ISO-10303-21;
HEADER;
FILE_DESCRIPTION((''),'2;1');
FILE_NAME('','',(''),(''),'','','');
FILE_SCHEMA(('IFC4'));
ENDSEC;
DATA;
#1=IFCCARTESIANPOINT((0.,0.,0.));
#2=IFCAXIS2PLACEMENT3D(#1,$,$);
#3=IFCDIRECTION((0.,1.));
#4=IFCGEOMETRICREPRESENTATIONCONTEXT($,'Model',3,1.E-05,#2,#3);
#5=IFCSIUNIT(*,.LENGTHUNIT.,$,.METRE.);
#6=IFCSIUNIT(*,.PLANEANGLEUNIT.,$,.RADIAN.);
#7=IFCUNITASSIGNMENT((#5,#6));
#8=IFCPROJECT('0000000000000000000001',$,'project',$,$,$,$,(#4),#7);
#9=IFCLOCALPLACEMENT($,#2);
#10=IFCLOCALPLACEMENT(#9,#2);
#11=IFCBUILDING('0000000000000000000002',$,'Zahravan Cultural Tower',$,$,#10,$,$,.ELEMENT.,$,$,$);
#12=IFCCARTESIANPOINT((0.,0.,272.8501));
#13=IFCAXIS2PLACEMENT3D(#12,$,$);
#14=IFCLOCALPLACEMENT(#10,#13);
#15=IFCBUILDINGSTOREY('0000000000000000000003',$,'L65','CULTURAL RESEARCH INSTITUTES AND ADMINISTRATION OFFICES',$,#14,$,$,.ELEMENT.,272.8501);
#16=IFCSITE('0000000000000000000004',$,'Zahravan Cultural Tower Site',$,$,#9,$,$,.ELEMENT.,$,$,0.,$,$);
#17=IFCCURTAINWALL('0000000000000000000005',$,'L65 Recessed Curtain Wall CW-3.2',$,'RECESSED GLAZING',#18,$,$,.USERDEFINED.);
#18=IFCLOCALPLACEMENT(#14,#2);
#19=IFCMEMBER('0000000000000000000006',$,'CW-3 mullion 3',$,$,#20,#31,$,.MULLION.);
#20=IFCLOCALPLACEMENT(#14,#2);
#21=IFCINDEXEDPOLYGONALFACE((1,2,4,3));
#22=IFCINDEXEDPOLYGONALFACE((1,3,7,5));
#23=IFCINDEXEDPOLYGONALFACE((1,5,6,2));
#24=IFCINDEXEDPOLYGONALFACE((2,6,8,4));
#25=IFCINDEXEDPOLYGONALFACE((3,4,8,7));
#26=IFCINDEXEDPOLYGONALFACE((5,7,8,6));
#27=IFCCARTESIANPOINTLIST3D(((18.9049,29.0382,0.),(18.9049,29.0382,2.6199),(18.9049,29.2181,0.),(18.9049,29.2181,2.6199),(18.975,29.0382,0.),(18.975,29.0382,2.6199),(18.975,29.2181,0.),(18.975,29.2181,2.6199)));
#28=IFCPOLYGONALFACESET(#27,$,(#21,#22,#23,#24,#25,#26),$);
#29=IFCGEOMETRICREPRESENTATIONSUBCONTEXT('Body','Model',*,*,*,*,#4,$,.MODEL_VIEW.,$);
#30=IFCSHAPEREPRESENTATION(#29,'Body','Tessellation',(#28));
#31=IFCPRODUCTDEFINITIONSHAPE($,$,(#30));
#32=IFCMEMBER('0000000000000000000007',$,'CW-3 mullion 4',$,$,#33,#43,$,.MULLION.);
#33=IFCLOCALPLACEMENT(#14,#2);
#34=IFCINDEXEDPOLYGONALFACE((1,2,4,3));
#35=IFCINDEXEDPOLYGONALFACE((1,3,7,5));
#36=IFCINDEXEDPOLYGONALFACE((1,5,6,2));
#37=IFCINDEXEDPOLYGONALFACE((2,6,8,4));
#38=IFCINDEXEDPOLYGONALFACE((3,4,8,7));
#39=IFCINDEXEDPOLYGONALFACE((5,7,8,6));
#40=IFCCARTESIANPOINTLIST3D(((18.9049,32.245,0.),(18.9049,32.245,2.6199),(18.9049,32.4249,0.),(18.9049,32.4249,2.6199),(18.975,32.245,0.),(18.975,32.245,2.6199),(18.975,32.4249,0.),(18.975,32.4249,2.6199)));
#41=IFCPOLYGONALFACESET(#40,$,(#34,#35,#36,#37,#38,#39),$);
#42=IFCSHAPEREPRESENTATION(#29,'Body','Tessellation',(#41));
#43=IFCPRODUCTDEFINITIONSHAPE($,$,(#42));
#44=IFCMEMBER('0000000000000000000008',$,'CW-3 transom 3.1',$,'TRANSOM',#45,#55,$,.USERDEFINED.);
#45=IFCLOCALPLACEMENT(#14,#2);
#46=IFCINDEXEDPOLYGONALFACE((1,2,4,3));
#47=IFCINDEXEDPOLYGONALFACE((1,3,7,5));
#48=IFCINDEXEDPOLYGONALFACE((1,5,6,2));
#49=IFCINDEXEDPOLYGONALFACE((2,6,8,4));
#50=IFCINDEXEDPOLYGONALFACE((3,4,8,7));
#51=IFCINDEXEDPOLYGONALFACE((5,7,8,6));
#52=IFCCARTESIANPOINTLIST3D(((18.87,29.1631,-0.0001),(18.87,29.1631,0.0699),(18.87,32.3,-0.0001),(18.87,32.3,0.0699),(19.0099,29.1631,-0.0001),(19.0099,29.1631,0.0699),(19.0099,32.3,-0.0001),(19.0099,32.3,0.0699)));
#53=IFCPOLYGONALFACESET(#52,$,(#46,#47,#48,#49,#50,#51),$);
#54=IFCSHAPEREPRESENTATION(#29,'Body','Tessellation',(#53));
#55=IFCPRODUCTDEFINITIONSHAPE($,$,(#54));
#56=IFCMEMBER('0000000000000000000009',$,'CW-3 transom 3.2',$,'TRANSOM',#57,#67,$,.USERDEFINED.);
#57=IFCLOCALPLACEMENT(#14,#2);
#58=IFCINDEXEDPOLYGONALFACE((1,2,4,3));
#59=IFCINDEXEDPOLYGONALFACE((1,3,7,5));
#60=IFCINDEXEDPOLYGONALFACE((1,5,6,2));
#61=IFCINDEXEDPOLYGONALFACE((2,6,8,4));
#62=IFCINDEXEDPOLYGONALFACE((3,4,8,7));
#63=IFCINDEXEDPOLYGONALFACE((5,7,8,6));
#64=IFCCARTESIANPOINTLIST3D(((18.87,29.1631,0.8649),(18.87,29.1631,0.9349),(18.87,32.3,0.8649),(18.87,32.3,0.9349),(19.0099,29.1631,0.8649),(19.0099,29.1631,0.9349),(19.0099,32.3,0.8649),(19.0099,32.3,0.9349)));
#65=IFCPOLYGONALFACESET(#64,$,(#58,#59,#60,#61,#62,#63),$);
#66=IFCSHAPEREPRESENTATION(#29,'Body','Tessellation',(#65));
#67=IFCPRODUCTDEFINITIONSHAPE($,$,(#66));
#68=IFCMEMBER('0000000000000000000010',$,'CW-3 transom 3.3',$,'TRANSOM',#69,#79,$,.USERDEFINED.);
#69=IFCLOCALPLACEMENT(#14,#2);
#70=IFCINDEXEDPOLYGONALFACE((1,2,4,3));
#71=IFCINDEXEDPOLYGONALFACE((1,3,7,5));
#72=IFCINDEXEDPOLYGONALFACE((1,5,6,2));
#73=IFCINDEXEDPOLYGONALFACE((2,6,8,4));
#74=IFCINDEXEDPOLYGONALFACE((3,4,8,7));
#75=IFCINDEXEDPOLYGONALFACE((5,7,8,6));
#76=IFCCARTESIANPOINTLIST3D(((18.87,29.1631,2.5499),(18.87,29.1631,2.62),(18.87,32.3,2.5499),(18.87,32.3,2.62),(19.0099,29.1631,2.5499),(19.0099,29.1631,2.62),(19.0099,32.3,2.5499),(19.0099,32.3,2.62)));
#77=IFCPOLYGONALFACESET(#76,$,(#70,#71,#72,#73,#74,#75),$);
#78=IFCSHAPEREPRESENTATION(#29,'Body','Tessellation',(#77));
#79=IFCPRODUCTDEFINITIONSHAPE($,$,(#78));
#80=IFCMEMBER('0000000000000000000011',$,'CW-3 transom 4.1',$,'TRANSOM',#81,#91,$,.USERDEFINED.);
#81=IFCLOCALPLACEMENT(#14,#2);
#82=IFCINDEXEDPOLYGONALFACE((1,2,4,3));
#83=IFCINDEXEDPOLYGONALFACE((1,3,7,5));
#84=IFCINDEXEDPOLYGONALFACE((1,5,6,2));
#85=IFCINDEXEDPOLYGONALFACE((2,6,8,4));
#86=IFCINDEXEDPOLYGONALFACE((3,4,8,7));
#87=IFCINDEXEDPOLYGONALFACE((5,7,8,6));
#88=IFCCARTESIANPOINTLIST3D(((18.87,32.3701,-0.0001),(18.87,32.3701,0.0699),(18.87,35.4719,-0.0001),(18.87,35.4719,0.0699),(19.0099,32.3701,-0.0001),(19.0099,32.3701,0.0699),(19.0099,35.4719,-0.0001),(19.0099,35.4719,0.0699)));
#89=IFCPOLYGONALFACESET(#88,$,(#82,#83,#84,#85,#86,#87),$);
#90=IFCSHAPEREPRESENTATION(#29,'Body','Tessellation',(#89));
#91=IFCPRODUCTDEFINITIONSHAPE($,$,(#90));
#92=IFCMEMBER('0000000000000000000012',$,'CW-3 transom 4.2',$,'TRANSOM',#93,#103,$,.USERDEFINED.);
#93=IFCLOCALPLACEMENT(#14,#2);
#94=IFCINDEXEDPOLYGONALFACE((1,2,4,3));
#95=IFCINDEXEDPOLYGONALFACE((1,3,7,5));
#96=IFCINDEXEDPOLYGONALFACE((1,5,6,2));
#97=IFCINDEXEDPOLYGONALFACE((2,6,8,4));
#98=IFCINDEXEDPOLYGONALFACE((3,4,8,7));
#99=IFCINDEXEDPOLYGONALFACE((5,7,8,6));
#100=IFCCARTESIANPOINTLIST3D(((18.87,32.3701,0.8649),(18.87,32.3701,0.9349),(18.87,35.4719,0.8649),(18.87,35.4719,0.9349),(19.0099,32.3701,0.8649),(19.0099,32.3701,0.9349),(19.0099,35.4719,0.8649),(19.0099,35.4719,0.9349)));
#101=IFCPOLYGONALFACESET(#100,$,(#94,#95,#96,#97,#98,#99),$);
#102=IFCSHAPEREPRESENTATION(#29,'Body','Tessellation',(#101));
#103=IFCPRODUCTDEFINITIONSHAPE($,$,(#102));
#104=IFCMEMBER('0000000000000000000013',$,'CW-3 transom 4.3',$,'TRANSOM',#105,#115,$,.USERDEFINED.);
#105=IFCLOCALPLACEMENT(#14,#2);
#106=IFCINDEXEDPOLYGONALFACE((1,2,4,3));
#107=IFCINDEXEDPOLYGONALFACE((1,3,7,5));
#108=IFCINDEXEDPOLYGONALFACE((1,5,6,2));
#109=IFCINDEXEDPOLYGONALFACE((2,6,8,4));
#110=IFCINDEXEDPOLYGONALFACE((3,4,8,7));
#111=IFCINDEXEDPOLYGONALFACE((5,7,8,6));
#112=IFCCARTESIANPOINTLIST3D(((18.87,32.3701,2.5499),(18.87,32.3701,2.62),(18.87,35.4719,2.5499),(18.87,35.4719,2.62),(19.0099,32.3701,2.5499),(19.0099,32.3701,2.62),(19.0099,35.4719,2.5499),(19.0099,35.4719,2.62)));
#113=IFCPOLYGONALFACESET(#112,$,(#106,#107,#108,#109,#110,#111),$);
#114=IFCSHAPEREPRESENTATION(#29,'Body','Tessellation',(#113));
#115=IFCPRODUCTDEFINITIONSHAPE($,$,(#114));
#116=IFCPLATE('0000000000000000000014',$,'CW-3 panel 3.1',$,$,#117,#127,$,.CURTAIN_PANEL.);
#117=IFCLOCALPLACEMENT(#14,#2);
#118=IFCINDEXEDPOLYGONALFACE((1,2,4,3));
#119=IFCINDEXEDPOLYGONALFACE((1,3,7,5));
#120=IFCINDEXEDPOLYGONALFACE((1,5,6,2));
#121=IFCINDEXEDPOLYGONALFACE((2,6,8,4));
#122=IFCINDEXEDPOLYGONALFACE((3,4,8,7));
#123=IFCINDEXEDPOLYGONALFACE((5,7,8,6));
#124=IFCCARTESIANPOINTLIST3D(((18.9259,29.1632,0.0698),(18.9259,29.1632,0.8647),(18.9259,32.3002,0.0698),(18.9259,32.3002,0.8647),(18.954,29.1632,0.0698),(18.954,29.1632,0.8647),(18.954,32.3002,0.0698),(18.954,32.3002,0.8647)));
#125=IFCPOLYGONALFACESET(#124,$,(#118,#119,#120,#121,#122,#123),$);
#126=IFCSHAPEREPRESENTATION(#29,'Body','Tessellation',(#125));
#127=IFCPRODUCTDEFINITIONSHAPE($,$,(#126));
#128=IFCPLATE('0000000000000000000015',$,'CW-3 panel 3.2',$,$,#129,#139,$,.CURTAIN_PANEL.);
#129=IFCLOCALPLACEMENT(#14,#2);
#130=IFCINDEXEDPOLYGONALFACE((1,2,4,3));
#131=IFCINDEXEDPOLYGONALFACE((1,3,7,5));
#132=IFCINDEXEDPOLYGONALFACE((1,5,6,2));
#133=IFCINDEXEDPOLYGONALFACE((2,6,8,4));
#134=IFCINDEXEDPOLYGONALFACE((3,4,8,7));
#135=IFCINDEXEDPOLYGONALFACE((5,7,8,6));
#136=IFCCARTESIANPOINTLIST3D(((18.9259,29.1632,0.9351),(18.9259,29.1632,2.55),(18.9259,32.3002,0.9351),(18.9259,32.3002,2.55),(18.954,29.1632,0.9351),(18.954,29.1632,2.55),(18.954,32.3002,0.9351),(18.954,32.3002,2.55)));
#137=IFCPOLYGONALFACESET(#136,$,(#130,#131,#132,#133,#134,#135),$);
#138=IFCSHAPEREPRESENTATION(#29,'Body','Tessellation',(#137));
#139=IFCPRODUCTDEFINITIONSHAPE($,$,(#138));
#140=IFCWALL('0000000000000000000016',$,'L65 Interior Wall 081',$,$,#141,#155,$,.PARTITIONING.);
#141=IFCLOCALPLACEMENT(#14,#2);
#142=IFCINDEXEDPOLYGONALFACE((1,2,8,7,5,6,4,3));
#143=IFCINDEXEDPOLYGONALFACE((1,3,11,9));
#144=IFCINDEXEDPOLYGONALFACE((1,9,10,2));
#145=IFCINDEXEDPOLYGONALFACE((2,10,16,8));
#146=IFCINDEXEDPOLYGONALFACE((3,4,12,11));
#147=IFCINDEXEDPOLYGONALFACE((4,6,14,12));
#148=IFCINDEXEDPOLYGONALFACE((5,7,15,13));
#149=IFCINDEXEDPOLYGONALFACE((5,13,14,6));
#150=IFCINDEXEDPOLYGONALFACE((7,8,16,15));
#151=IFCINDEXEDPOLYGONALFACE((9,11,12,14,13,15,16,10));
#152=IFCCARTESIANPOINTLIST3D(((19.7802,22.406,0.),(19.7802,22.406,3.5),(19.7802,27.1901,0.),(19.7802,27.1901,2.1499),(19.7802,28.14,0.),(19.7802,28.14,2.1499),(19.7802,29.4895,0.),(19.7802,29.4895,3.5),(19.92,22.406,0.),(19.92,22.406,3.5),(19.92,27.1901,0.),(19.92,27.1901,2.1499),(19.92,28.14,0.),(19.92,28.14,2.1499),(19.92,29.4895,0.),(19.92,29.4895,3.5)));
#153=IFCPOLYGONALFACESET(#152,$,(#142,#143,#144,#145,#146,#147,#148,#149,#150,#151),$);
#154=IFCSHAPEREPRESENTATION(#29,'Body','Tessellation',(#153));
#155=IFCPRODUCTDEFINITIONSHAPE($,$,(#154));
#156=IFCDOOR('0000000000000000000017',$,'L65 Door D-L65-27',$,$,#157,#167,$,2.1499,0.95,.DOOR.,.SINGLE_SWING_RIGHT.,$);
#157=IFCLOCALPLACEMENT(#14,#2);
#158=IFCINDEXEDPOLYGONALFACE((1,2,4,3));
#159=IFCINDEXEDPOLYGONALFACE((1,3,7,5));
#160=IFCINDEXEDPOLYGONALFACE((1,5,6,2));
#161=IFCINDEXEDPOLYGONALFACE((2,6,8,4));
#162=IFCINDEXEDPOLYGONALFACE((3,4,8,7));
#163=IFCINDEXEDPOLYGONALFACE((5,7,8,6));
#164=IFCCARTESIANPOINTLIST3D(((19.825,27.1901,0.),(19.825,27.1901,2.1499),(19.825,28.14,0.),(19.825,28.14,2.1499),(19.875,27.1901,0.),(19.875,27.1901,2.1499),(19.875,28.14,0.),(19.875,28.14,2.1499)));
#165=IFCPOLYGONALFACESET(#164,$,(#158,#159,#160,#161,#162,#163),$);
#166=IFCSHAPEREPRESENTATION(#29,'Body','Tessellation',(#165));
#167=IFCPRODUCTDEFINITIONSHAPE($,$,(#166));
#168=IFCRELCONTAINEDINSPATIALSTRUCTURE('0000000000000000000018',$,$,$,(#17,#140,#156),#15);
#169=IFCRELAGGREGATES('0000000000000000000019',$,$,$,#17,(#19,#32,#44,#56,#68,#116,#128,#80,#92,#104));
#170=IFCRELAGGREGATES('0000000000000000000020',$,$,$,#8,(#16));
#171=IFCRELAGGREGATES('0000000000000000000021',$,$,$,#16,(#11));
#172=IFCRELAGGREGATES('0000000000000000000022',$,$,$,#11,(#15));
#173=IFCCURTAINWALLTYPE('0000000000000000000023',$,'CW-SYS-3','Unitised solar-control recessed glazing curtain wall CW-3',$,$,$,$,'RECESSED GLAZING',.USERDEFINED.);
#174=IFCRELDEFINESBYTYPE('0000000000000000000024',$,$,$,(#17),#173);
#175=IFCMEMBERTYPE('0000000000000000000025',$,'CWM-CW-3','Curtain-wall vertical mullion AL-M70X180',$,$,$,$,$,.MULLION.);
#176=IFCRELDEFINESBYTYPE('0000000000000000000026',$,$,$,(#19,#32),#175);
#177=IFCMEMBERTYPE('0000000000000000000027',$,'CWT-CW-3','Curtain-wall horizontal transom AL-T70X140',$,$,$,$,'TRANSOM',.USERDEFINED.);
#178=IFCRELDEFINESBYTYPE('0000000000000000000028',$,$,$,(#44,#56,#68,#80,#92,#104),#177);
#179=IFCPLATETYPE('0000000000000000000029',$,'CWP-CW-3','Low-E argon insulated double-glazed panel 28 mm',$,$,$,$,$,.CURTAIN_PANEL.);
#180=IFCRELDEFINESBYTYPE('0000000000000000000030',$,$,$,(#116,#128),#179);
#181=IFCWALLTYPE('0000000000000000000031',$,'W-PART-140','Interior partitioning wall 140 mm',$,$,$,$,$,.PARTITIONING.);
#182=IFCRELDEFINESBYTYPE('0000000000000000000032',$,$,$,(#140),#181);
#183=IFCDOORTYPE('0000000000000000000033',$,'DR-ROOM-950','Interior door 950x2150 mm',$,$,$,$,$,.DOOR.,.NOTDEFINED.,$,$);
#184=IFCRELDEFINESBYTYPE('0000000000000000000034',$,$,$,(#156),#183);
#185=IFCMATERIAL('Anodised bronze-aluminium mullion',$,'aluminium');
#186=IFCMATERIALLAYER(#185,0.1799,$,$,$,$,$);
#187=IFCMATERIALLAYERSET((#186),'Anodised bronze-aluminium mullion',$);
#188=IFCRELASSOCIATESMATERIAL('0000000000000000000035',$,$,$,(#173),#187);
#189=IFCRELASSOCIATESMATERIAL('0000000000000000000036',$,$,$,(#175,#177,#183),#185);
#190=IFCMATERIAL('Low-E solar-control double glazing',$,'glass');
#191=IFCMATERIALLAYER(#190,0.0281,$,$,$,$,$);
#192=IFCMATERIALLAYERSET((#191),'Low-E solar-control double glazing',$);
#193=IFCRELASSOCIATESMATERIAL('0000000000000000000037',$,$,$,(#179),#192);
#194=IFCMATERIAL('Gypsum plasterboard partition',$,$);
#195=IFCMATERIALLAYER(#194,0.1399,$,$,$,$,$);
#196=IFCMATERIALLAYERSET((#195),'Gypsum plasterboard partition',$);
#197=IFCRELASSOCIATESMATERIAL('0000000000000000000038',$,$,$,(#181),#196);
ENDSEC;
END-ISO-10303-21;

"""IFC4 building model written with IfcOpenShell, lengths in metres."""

from ifc_helpers import new_model, si_unit, direction, frame, frame_2d, origin, origin_2d, place, context, subcontext, project, spatial, rectangle, extrude, source, transform, mapped, material, layer, layer_set, material_profile, profile_set, type_object, element, fill, aggregate, save


model = new_model("IFC4")

# Units and contexts
model_context = context("Model", 3, precision=1e-05, world=origin(), true_north=direction((0.0, 1.0)))
body_context = subcontext(model_context, "Body", "Model", "MODEL_VIEW")
ifc_project = project(units=[si_unit("LENGTHUNIT", "METRE"), si_unit("PLANEANGLEUNIT", "RADIAN")], contexts=[model_context])

# Site, building, storey
site_placement = place(None, origin())
site = spatial("IfcSite", under=ifc_project, at=site_placement, Name="Zahravan Cultural Tower Site", CompositionType="ELEMENT", RefElevation=0.0)
building_placement = place(site_placement, origin())
building = spatial("IfcBuilding", under=site, at=building_placement, Name="Zahravan Cultural Tower", CompositionType="ELEMENT")
storey_placement = place(building_placement, frame((0.0, 0.0, 272.8501)))
storey = spatial("IfcBuildingStorey", under=building, at=storey_placement, Name="L65", Description="CULTURAL RESEARCH INSTITUTES AND ADMINISTRATION OFFICES", CompositionType="ELEMENT", Elevation=272.8501)

# Curtain wall, members, plates
ifc_material_1 = material(Name="Anodised bronze-aluminium mullion", Category="aluminium")
ifc_layer_1 = layer(ifc_material_1, 0.1799)
ifc_layer_set_1 = layer_set([ifc_layer_1], Name="Anodised bronze-aluminium mullion")
curtain_wall_type = type_object("IfcCurtainWallType", Name="CW-SYS-3", Description="Unitised solar-control recessed glazing curtain wall CW-3", ElementType="RECESSED GLAZING", PredefinedType="USERDEFINED", material=ifc_layer_set_1)
curtain_wall_placement = place(storey_placement, origin())
curtain_wall = element("IfcCurtainWall", 1, at=curtain_wall_placement, inside=storey, type_object=curtain_wall_type, Name="L65 Recessed Curtain Wall CW-3.2", ObjectType="RECESSED GLAZING", PredefinedType="USERDEFINED")
ifc_material_profile_1 = material_profile(ifc_material_1, rectangle(XDim=0.0701, YDim=0.1799, at=origin_2d()), Name="AL-M70X180")
ifc_profile_set_1 = profile_set([ifc_material_profile_1], Name="Anodised bronze-aluminium mullion")
member_type_1 = type_object("IfcMemberType", Name="CWM-CW-3", Description="Curtain-wall vertical mullion AL-M70X180", PredefinedType="MULLION", material=ifc_profile_set_1)
shared_shape_1 = source(origin(), body_context, "Body", "SweptSolid", [
    extrude(rectangle(XDim=0.0701, YDim=0.1799, at=origin_2d()), origin(), (0.0, 0.0, 1.0), 2.6199),
])
member_1_placement = place(storey_placement, frame((18.9399, 29.1282, 0.0), z_axis=(0.0, 0.0, 1.0), x_axis=(-1.0, 0.0, 0.0)))
member_1 = element("IfcMember", 2, at=member_1_placement, type_object=member_type_1, Name="CW-3 mullion 3", PredefinedType="MULLION", context=body_context, shape_type="MappedRepresentation", body=[
    mapped(shared_shape_1, transform((0.0, 0.0, 0.0), x_axis=(1.0, 0.0, 0.0), y_axis=(0.0, 1.0, 0.0), z_axis=(0.0, 0.0, 1.0), scale=1.0)),
])
member_2_placement = place(storey_placement, frame((18.9399, 32.335, 0.0), z_axis=(0.0, 0.0, 1.0), x_axis=(-1.0, 0.0, 0.0)))
member_2 = element("IfcMember", 3, at=member_2_placement, type_object=member_type_1, Name="CW-3 mullion 4", PredefinedType="MULLION", context=body_context, shape_type="MappedRepresentation", body=[
    mapped(shared_shape_1, transform((0.0, 0.0, 0.0), x_axis=(1.0, 0.0, 0.0), y_axis=(0.0, 1.0, 0.0), z_axis=(0.0, 0.0, 1.0), scale=1.0)),
])
ifc_material_profile_2 = material_profile(ifc_material_1, rectangle(XDim=0.1399, YDim=0.0701, at=origin_2d()), Name="AL-T70X140")
ifc_profile_set_2 = profile_set([ifc_material_profile_2], Name="Anodised bronze-aluminium mullion")
member_type_2 = type_object("IfcMemberType", Name="CWT-CW-3", Description="Curtain-wall horizontal transom AL-T70X140", ElementType="TRANSOM", PredefinedType="USERDEFINED", material=ifc_profile_set_2)
shared_shape_2 = source(origin(), body_context, "Body", "SweptSolid", [
    extrude(rectangle(XDim=0.1399, YDim=0.0701, at=origin_2d()), origin(), (0.0, 0.0, 1.0), 3.137),
])
member_3_placement = place(storey_placement, frame((18.9399, 29.1631, 0.0349), z_axis=(0.0, 1.0, 0.0), x_axis=(-1.0, 0.0, 0.0)))
member_3 = element("IfcMember", 4, at=member_3_placement, type_object=member_type_2, Name="CW-3 transom 3.1", ObjectType="TRANSOM", PredefinedType="USERDEFINED", context=body_context, shape_type="MappedRepresentation", body=[
    mapped(shared_shape_2, transform((0.0, 0.0, 0.0), x_axis=(1.0, 0.0, 0.0), y_axis=(0.0, 1.0, 0.0), z_axis=(0.0, 0.0, 1.0), scale=1.0)),
])
member_4_placement = place(storey_placement, frame((18.9399, 29.1631, 0.8999), z_axis=(0.0, 1.0, 0.0), x_axis=(-1.0, 0.0, 0.0)))
member_4 = element("IfcMember", 5, at=member_4_placement, type_object=member_type_2, Name="CW-3 transom 3.2", ObjectType="TRANSOM", PredefinedType="USERDEFINED", context=body_context, shape_type="MappedRepresentation", body=[
    mapped(shared_shape_2, transform((0.0, 0.0, 0.0), x_axis=(1.0, 0.0, 0.0), y_axis=(0.0, 1.0, 0.0), z_axis=(0.0, 0.0, 1.0), scale=1.0)),
])
member_5_placement = place(storey_placement, frame((18.9399, 29.1631, 2.585), z_axis=(0.0, 1.0, 0.0), x_axis=(-1.0, 0.0, 0.0)))
member_5 = element("IfcMember", 6, at=member_5_placement, type_object=member_type_2, Name="CW-3 transom 3.3", ObjectType="TRANSOM", PredefinedType="USERDEFINED", context=body_context, shape_type="MappedRepresentation", body=[
    mapped(shared_shape_2, transform((0.0, 0.0, 0.0), x_axis=(1.0, 0.0, 0.0), y_axis=(0.0, 1.0, 0.0), z_axis=(0.0, 0.0, 1.0), scale=1.0)),
])
shared_shape_3 = source(origin(), body_context, "Body", "SweptSolid", [
    extrude(rectangle(XDim=0.1399, YDim=0.0701, at=origin_2d()), origin(), (0.0, 0.0, 1.0), 3.1018),
])
member_6_placement = place(storey_placement, frame((18.9399, 32.3701, 0.0349), z_axis=(0.0, 1.0, 0.0), x_axis=(-1.0, 0.0, 0.0)))
member_6 = element("IfcMember", 7, at=member_6_placement, type_object=member_type_2, Name="CW-3 transom 4.1", ObjectType="TRANSOM", PredefinedType="USERDEFINED", context=body_context, shape_type="MappedRepresentation", body=[
    mapped(shared_shape_3, transform((0.0, 0.0, 0.0), x_axis=(1.0, 0.0, 0.0), y_axis=(0.0, 1.0, 0.0), z_axis=(0.0, 0.0, 1.0), scale=1.0)),
])
member_7_placement = place(storey_placement, frame((18.9399, 32.3701, 0.8999), z_axis=(0.0, 1.0, 0.0), x_axis=(-1.0, 0.0, 0.0)))
member_7 = element("IfcMember", 8, at=member_7_placement, type_object=member_type_2, Name="CW-3 transom 4.2", ObjectType="TRANSOM", PredefinedType="USERDEFINED", context=body_context, shape_type="MappedRepresentation", body=[
    mapped(shared_shape_3, transform((0.0, 0.0, 0.0), x_axis=(1.0, 0.0, 0.0), y_axis=(0.0, 1.0, 0.0), z_axis=(0.0, 0.0, 1.0), scale=1.0)),
])
member_8_placement = place(storey_placement, frame((18.9399, 32.3701, 2.585), z_axis=(0.0, 1.0, 0.0), x_axis=(-1.0, 0.0, 0.0)))
member_8 = element("IfcMember", 9, at=member_8_placement, type_object=member_type_2, Name="CW-3 transom 4.3", ObjectType="TRANSOM", PredefinedType="USERDEFINED", context=body_context, shape_type="MappedRepresentation", body=[
    mapped(shared_shape_3, transform((0.0, 0.0, 0.0), x_axis=(1.0, 0.0, 0.0), y_axis=(0.0, 1.0, 0.0), z_axis=(0.0, 0.0, 1.0), scale=1.0)),
])
ifc_material_2 = material(Name="Low-E solar-control double glazing", Category="glass")
ifc_layer_2 = layer(ifc_material_2, 0.0281)
ifc_layer_set_2 = layer_set([ifc_layer_2], Name="Low-E solar-control double glazing")
plate_type = type_object("IfcPlateType", Name="CWP-CW-3", Description="Low-E argon insulated double-glazed panel 28 mm", PredefinedType="CURTAIN_PANEL", material=ifc_layer_set_2)
shared_shape_4 = source(origin(), body_context, "Body", "SweptSolid", [
    extrude(rectangle(XDim=3.137, YDim=0.0281, at=origin_2d()), origin(), (0.0, 0.0, 1.0), 0.7949),
])
plate_1_placement = place(storey_placement, frame((18.9399, 30.7317, 0.0698), z_axis=(0.0, 0.0, 1.0), x_axis=(0.0, 1.0, 0.0)))
plate_1 = element("IfcPlate", 10, at=plate_1_placement, type_object=plate_type, Name="CW-3 panel 3.1", PredefinedType="CURTAIN_PANEL", context=body_context, shape_type="MappedRepresentation", body=[
    mapped(shared_shape_4, transform((0.0, 0.0, 0.0), x_axis=(1.0, 0.0, 0.0), y_axis=(0.0, 1.0, 0.0), z_axis=(0.0, 0.0, 1.0), scale=1.0)),
])
shared_shape_5 = source(origin(), body_context, "Body", "SweptSolid", [
    extrude(rectangle(XDim=3.137, YDim=0.0281, at=origin_2d()), origin(), (0.0, 0.0, 1.0), 1.615),
])
plate_2_placement = place(storey_placement, frame((18.9399, 30.7317, 0.9351), z_axis=(0.0, 0.0, 1.0), x_axis=(0.0, 1.0, 0.0)))
plate_2 = element("IfcPlate", 11, at=plate_2_placement, type_object=plate_type, Name="CW-3 panel 3.2", PredefinedType="CURTAIN_PANEL", context=body_context, shape_type="MappedRepresentation", body=[
    mapped(shared_shape_5, transform((0.0, 0.0, 0.0), x_axis=(1.0, 0.0, 0.0), y_axis=(0.0, 1.0, 0.0), z_axis=(0.0, 0.0, 1.0), scale=1.0)),
])
aggregate(curtain_wall, [member_1, member_2, member_3, member_4, member_5, plate_1, plate_2, member_6, member_7, member_8])

# Wall, opening, door
ifc_material_3 = material(Name="Gypsum plasterboard partition")
ifc_layer_3 = layer(ifc_material_3, 0.1399)
ifc_layer_set_3 = layer_set([ifc_layer_3], Name="Gypsum plasterboard partition")
wall_type_1 = type_object("IfcWallType", Name="W-PART-140", Description="Interior partitioning wall 140 mm", PredefinedType="PARTITIONING", material=ifc_layer_set_3)
wall_1_placement = place(storey_placement, frame((19.8501, 29.4895, 0.0), z_axis=(0.0, 0.0, 1.0), x_axis=(0.0, -1.0, 0.0)))
wall_1 = element("IfcWall", 12, at=wall_1_placement, inside=storey, type_object=wall_type_1, Name="L65 Interior Wall 081", PredefinedType="PARTITIONING", context=body_context, shape_type="SweptSolid", body=[
    extrude(rectangle(XDim=7.0835, YDim=0.1399, at=frame_2d((3.5417, 0.0))), origin(), (0.0, 0.0, 1.0), 3.5),
])
opening_1_placement = place(wall_1_placement, frame((1.3494, 0.0, 0.0)))
opening_1 = element("IfcOpeningElement", 13, at=opening_1_placement, cuts=wall_1, PredefinedType="OPENING", context=body_context, shape_type="SweptSolid", body=[
    extrude(rectangle(XDim=0.95, YDim=2.1499, at=frame_2d((0.4751, 1.075))), frame((0.0, 0.0798, 0.0), z_axis=(0.0, -1.0, 0.0), x_axis=(1.0, 0.0, 0.0)), (0.0, 0.0, 1.0), 0.1599),
])
door_type = type_object("IfcDoorType", Name="DR-ROOM-950", Description="Interior door 950x2150 mm", OperationType="NOTDEFINED", PredefinedType="DOOR", material=ifc_material_1)
shared_shape_6 = source(origin(), body_context, "Body", "SweptSolid", [
    extrude(rectangle(XDim=0.95, YDim=2.1499, at=frame_2d((0.4751, 1.075))), frame((0.0, 0.0249, 0.0), z_axis=(0.0, -1.0, 0.0), x_axis=(1.0, 0.0, 0.0)), (0.0, 0.0, 1.0), 0.05),
])
door_1_placement = place(opening_1_placement, origin())
door_1 = element("IfcDoor", 14, at=door_1_placement, inside=storey, type_object=door_type, Name="L65 Door D-L65-27", OperationType="SINGLE_SWING_RIGHT", OverallHeight=2.1499, OverallWidth=0.95, PredefinedType="DOOR", context=body_context, shape_type="MappedRepresentation", body=[
    mapped(shared_shape_6, transform((0.0, 0.0, 0.0), x_axis=(1.0, 0.0, 0.0), y_axis=(0.0, 1.0, 0.0), z_axis=(0.0, 0.0, 1.0), scale=1.0)),
])
fill(opening_1, door_1)

save(model, "model.ifc")
